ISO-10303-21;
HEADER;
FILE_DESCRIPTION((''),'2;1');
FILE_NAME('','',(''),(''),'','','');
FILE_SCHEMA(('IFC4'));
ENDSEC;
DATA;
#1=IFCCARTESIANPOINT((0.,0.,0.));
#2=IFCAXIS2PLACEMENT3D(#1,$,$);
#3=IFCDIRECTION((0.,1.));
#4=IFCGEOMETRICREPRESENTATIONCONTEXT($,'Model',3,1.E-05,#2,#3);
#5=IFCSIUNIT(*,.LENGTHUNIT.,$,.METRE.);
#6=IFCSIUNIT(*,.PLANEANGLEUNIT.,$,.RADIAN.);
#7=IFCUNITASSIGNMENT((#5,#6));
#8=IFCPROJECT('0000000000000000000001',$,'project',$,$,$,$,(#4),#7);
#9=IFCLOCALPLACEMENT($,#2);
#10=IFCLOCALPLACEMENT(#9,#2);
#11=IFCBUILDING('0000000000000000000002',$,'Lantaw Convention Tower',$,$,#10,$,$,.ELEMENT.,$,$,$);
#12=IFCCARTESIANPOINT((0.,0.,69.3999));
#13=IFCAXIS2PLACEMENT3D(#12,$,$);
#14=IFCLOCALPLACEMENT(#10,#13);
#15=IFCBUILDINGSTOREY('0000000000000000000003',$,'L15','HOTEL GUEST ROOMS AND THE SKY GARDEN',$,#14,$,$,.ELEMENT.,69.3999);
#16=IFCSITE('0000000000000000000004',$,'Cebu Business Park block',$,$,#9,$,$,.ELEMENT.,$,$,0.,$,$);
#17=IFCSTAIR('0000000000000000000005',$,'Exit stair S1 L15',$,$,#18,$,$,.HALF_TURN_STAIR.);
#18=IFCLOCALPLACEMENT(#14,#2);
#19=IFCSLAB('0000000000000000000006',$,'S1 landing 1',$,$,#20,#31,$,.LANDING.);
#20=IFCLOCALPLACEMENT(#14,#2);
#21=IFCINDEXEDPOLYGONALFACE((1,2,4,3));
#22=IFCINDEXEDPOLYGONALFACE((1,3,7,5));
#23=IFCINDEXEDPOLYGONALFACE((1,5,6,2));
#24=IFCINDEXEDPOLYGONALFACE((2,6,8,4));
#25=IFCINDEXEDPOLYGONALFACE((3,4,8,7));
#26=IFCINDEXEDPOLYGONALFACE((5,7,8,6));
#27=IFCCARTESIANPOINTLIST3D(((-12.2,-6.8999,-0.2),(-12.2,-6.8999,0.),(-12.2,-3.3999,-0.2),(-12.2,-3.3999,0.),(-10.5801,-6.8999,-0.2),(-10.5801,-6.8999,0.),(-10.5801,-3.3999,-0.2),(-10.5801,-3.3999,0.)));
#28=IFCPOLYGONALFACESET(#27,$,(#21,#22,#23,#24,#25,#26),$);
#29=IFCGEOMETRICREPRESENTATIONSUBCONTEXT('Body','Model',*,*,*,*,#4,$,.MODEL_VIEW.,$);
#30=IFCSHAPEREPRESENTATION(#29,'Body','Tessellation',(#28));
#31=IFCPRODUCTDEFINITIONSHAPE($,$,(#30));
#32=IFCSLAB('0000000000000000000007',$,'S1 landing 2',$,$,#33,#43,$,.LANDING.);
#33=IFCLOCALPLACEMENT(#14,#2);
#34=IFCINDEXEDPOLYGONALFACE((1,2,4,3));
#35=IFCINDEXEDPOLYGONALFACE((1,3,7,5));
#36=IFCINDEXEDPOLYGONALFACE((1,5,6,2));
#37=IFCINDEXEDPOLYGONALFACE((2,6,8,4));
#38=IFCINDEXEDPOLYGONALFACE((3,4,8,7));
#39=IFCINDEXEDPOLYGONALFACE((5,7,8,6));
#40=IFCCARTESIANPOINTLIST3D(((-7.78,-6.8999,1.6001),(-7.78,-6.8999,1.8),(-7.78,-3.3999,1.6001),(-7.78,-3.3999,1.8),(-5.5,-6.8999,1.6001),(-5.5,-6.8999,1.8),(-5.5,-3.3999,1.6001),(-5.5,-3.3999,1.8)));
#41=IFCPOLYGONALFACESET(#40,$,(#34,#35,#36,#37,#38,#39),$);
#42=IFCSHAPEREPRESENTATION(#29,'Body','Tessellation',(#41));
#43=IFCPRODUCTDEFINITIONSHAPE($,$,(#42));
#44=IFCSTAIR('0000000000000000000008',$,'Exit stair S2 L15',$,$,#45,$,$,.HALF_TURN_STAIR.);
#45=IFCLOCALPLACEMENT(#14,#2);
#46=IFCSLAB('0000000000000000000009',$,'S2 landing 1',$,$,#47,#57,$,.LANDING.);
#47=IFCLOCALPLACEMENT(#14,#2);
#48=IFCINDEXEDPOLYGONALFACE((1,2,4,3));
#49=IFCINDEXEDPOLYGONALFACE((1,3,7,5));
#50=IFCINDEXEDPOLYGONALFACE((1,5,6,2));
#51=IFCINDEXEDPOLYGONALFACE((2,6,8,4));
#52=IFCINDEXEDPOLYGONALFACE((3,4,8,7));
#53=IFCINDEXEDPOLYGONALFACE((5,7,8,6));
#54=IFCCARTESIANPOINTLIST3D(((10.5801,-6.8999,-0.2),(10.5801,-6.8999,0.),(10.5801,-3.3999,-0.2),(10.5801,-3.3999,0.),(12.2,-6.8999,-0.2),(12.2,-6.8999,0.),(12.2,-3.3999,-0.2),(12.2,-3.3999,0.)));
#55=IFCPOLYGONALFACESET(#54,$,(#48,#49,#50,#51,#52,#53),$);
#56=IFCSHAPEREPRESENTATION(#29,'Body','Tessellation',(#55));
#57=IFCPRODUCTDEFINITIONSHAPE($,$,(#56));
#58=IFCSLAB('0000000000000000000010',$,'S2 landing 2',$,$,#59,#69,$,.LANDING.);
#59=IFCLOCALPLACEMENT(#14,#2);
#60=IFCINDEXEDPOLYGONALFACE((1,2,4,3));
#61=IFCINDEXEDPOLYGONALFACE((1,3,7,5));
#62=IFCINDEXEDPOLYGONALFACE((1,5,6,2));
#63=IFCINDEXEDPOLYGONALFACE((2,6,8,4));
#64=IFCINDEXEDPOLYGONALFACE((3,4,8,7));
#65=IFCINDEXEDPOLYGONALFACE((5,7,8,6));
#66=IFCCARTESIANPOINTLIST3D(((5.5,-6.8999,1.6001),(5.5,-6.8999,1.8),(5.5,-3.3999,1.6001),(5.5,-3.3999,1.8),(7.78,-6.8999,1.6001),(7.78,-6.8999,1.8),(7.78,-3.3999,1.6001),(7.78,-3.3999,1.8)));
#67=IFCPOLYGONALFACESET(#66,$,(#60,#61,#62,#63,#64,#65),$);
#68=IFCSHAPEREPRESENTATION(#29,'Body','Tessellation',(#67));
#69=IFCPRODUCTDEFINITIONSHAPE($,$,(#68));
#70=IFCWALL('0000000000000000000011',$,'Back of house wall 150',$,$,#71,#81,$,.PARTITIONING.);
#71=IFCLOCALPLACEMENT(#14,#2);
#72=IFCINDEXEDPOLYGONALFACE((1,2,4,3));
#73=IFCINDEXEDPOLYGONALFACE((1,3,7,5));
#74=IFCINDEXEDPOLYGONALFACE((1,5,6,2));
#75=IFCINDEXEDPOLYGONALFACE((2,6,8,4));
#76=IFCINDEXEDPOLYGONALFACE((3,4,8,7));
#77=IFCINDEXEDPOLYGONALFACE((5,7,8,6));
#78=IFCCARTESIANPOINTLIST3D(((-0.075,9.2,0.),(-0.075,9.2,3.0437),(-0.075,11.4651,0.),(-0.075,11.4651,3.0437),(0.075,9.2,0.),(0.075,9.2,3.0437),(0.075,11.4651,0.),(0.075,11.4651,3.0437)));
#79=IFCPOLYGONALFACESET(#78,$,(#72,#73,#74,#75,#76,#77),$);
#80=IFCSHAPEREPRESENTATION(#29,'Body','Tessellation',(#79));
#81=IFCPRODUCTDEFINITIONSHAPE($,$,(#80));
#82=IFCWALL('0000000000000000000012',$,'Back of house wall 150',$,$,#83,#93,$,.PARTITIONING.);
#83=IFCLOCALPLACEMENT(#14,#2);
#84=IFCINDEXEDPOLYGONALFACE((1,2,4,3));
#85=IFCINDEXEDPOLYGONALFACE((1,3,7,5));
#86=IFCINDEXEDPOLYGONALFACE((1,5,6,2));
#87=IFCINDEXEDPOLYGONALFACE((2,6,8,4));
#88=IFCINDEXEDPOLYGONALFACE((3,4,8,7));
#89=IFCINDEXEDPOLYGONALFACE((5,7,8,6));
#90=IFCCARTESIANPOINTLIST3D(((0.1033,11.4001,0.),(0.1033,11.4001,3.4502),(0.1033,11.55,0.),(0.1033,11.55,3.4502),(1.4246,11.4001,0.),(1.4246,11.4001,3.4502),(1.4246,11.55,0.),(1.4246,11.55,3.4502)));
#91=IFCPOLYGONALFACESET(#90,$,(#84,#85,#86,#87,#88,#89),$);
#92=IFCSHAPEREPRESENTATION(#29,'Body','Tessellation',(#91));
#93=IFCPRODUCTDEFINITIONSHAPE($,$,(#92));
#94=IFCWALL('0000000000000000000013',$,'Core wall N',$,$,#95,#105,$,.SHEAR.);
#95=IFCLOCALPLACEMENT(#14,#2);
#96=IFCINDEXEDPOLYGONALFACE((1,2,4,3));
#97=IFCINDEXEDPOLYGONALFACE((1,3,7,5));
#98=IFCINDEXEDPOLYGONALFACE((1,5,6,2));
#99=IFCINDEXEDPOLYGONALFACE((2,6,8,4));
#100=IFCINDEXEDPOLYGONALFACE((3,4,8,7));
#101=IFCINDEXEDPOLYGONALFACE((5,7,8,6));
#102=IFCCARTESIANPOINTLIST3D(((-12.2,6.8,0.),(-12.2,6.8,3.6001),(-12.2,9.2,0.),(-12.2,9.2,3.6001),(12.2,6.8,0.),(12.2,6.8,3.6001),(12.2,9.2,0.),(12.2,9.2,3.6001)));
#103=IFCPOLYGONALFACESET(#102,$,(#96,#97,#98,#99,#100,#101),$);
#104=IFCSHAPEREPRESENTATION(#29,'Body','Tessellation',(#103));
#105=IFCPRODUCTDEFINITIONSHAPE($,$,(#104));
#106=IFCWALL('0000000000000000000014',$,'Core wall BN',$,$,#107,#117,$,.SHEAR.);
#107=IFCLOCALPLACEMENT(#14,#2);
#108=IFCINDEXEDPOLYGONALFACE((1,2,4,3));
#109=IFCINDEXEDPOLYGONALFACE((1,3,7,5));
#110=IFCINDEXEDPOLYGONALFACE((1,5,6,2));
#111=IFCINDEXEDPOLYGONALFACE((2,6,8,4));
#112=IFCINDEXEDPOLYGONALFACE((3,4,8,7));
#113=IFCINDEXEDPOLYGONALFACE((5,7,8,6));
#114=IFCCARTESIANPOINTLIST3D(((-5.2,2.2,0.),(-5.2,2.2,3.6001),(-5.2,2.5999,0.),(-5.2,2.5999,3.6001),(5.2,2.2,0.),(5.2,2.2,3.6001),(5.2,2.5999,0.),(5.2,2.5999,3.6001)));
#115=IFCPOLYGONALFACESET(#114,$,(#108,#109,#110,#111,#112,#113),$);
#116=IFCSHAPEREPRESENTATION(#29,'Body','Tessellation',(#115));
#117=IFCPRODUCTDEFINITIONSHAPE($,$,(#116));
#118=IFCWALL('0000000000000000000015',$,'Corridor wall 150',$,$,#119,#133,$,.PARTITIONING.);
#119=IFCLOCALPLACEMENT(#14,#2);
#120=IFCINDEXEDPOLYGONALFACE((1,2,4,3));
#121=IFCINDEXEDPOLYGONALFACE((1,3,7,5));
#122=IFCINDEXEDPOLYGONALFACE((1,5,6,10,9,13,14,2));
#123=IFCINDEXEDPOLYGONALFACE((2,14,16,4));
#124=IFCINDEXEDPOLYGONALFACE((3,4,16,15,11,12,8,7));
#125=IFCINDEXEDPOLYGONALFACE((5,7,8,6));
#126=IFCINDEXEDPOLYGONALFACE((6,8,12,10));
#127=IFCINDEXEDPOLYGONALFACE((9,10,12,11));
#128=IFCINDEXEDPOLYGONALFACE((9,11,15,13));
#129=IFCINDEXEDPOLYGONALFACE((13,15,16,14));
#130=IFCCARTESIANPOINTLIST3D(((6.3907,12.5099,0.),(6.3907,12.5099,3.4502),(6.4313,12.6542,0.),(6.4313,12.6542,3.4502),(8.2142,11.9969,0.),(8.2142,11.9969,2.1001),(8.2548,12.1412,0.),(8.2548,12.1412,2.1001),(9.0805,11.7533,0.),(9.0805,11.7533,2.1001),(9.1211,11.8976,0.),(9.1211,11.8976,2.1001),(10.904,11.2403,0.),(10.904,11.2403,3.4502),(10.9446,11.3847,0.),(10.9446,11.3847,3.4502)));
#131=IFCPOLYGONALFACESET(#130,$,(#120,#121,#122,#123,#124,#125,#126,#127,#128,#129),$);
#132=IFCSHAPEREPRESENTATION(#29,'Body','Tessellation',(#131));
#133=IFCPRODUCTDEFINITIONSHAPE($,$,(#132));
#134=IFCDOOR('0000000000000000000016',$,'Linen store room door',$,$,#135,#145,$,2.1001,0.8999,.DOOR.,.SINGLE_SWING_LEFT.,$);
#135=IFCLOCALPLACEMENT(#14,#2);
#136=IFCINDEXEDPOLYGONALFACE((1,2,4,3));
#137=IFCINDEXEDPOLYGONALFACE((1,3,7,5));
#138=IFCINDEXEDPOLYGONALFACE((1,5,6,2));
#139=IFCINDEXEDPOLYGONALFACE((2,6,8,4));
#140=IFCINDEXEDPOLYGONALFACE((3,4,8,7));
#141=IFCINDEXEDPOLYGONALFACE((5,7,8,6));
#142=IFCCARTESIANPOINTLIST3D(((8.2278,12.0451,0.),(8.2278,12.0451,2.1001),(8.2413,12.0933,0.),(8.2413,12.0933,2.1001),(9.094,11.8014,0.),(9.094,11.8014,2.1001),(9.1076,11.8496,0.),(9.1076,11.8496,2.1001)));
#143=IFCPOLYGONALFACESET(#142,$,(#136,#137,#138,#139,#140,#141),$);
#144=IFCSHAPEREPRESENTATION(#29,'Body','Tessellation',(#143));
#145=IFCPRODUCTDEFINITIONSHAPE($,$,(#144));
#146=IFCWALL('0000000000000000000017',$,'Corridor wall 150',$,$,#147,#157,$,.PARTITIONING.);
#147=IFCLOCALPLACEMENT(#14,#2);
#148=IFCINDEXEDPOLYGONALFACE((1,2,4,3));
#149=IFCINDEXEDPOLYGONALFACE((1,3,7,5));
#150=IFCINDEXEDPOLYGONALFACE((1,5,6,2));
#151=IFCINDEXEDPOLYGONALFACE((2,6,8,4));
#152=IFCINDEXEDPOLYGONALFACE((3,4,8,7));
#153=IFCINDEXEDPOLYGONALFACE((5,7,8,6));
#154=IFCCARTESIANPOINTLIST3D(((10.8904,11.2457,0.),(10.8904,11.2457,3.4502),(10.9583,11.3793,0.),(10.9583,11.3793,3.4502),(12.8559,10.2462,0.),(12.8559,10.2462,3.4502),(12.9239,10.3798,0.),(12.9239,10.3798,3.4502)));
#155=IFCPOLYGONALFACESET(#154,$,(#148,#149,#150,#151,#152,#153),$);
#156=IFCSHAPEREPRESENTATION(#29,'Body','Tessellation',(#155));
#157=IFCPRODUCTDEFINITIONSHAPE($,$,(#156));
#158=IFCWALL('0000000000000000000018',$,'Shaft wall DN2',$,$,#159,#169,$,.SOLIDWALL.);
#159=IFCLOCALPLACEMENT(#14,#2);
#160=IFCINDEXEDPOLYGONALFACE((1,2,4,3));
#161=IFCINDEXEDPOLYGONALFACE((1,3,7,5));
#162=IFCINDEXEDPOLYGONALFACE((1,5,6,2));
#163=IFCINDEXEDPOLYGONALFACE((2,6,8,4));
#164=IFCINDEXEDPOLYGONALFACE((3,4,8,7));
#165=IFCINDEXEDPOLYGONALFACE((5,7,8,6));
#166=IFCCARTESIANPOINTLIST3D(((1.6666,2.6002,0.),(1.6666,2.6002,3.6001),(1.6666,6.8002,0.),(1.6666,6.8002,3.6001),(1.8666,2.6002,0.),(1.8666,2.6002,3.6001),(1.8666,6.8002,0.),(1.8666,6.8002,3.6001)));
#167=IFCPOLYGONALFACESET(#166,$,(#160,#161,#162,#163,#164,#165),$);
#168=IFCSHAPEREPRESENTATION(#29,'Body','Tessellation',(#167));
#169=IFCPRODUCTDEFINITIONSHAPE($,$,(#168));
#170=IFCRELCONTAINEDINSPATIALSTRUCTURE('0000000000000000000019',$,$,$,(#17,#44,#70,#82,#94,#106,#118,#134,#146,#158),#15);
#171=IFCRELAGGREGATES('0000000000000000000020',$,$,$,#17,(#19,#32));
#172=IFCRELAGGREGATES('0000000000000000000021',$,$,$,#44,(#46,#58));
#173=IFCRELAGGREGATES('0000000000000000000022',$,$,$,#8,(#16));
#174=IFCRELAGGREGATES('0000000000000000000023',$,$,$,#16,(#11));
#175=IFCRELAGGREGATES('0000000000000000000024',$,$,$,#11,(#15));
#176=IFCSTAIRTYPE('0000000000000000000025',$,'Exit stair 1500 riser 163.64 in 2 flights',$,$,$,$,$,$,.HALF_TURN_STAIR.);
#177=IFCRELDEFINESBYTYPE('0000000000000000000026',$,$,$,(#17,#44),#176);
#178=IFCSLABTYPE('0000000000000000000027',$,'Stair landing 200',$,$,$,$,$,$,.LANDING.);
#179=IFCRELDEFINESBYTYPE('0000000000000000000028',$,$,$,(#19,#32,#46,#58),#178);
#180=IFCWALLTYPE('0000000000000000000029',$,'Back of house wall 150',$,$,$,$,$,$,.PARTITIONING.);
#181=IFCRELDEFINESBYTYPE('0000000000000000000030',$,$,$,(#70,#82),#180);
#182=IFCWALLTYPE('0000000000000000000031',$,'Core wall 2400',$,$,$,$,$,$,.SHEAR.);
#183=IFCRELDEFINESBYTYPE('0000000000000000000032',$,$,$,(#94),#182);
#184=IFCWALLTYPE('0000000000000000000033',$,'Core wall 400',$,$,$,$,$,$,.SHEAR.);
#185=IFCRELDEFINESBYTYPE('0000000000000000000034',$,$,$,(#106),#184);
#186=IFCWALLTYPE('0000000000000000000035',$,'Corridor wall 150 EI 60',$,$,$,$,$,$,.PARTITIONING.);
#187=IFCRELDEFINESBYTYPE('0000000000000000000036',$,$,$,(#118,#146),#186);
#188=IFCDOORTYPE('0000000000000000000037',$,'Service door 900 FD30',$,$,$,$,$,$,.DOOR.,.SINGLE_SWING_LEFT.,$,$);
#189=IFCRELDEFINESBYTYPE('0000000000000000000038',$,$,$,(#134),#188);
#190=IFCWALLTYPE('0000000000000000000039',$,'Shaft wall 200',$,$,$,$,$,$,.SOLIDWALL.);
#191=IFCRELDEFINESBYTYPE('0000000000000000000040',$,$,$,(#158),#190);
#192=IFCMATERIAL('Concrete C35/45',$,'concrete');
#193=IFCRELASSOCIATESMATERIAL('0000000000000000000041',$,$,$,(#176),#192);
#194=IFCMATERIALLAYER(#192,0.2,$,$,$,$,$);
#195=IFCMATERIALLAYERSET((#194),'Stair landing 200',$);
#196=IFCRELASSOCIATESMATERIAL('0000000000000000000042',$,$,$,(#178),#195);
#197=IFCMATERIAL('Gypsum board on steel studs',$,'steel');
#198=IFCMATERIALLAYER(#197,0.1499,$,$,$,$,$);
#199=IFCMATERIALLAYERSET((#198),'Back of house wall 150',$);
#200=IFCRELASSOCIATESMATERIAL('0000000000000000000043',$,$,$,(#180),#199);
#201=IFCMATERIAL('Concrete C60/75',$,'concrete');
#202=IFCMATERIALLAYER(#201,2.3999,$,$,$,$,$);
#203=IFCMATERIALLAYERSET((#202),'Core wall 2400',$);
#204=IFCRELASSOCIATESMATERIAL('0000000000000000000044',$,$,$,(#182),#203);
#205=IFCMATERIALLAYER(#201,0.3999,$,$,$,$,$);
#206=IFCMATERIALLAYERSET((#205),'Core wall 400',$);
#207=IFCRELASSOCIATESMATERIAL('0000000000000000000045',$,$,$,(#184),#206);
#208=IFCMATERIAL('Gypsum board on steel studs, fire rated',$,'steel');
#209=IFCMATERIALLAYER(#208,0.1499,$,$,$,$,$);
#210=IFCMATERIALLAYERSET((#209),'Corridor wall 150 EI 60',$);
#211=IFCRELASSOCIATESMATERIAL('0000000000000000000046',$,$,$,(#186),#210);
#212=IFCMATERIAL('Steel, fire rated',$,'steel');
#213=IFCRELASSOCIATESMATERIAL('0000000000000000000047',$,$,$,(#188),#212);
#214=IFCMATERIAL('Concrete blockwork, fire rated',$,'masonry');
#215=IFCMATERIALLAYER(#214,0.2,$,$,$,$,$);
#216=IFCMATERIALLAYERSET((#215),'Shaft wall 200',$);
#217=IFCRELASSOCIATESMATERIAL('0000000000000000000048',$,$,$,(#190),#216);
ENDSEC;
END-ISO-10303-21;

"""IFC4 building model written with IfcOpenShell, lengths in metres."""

from ifc_helpers import new_model, si_unit, direction, frame, frame_2d, origin, place, context, subcontext, project, spatial, polyline, rectangle, outline, extrude, material, layer, layer_set, type_object, element, fill, aggregate, save


model = new_model("IFC4")

# Units and contexts
model_context = context("Model", 3, precision=1e-05, world=origin(), true_north=direction((0.0, 1.0)))
body_context = subcontext(model_context, "Body", "Model", "MODEL_VIEW")
ifc_project = project(units=[si_unit("LENGTHUNIT", "METRE"), si_unit("PLANEANGLEUNIT", "RADIAN")], contexts=[model_context])

# Site, building, storey
site_placement = place(None, origin())
site = spatial("IfcSite", under=ifc_project, at=site_placement, Name="Cebu Business Park block", CompositionType="ELEMENT", RefElevation=0.0)
building_placement = place(site_placement, origin())
building = spatial("IfcBuilding", under=site, at=building_placement, Name="Lantaw Convention Tower", CompositionType="ELEMENT")
storey_placement = place(building_placement, frame((0.0, 0.0, 69.3999)))
storey = spatial("IfcBuildingStorey", under=building, at=storey_placement, Name="L15", Description="HOTEL GUEST ROOMS AND THE SKY GARDEN", CompositionType="ELEMENT", Elevation=69.3999)

# Stairs, slabs
ifc_material_1 = material(Name="Concrete C35/45", Category="concrete")
stair_type = type_object("IfcStairType", Name="Exit stair 1500 riser 163.64 in 2 flights", PredefinedType="HALF_TURN_STAIR", material=ifc_material_1)
stair_1_placement = place(storey_placement, origin())
stair_1 = element("IfcStair", 1, at=stair_1_placement, inside=storey, type_object=stair_type, Name="Exit stair S1 L15", PredefinedType="HALF_TURN_STAIR")
ifc_layer_1 = layer(ifc_material_1, 0.2)
ifc_layer_set_1 = layer_set([ifc_layer_1], Name="Stair landing 200")
slab_type = type_object("IfcSlabType", Name="Stair landing 200", PredefinedType="LANDING", material=ifc_layer_set_1)
slab_1_placement = place(storey_placement, frame((0.0, 0.0, -0.2)))
slab_1 = element("IfcSlab", 2, at=slab_1_placement, type_object=slab_type, Name="S1 landing 1", PredefinedType="LANDING", context=body_context, shape_type="SweptSolid", body=[
    extrude(outline(polyline([(-12.2, -6.8999), (-10.5801, -6.8999), (-10.5801, -3.3999), (-12.2, -3.3999), (-12.2, -6.8999)])), origin(), (0.0, 0.0, 1.0), 0.2),
])
slab_2_placement = place(storey_placement, frame((0.0, 0.0, 1.6001)))
slab_2 = element("IfcSlab", 3, at=slab_2_placement, type_object=slab_type, Name="S1 landing 2", PredefinedType="LANDING", context=body_context, shape_type="SweptSolid", body=[
    extrude(outline(polyline([(-7.78, -6.8999), (-5.5, -6.8999), (-5.5, -3.3999), (-7.78, -3.3999), (-7.78, -6.8999)])), origin(), (0.0, 0.0, 1.0), 0.2),
])
aggregate(stair_1, [slab_1, slab_2])
stair_2_placement = place(storey_placement, origin())
stair_2 = element("IfcStair", 4, at=stair_2_placement, inside=storey, type_object=stair_type, Name="Exit stair S2 L15", PredefinedType="HALF_TURN_STAIR")
slab_3_placement = place(storey_placement, frame((0.0, 0.0, -0.2)))
slab_3 = element("IfcSlab", 5, at=slab_3_placement, type_object=slab_type, Name="S2 landing 1", PredefinedType="LANDING", context=body_context, shape_type="SweptSolid", body=[
    extrude(outline(polyline([(10.5801, -6.8999), (12.2, -6.8999), (12.2, -3.3999), (10.5801, -3.3999), (10.5801, -6.8999)])), origin(), (0.0, 0.0, 1.0), 0.2),
])
slab_4_placement = place(storey_placement, frame((0.0, 0.0, 1.6001)))
slab_4 = element("IfcSlab", 6, at=slab_4_placement, type_object=slab_type, Name="S2 landing 2", PredefinedType="LANDING", context=body_context, shape_type="SweptSolid", body=[
    extrude(outline(polyline([(5.5, -6.8999), (7.78, -6.8999), (7.78, -3.3999), (5.5, -3.3999), (5.5, -6.8999)])), origin(), (0.0, 0.0, 1.0), 0.2),
])
aggregate(stair_2, [slab_3, slab_4])

# Walls
ifc_material_2 = material(Name="Gypsum board on steel studs", Category="steel")
ifc_layer_2 = layer(ifc_material_2, 0.1499)
ifc_layer_set_2 = layer_set([ifc_layer_2], Name="Back of house wall 150")
wall_type_1 = type_object("IfcWallType", Name="Back of house wall 150", PredefinedType="PARTITIONING", material=ifc_layer_set_2)
wall_1_placement = place(storey_placement, frame((0.0, 9.2, 0.0), z_axis=(0.0, 0.0, 1.0), x_axis=(0.0, 1.0, 0.0)))
element("IfcWall", 7, at=wall_1_placement, inside=storey, type_object=wall_type_1, Name="Back of house wall 150", PredefinedType="PARTITIONING", context=body_context, shape_type="SweptSolid", body=[
    extrude(rectangle(XDim=2.2651, YDim=0.1499, at=frame_2d((1.1326, 0.0))), origin(), (0.0, 0.0, 1.0), 3.0437),
])
wall_2_placement = place(storey_placement, frame((1.4246, 11.4751, 0.0), z_axis=(0.0, 0.0, 1.0), x_axis=(-1.0, 0.0, 0.0)))
element("IfcWall", 8, at=wall_2_placement, inside=storey, type_object=wall_type_1, Name="Back of house wall 150", PredefinedType="PARTITIONING", context=body_context, shape_type="SweptSolid", body=[
    extrude(rectangle(XDim=1.3213, YDim=0.1499, at=frame_2d((0.6606, 0.0))), origin(), (0.0, 0.0, 1.0), 3.4502),
])
ifc_material_3 = material(Name="Concrete C60/75", Category="concrete")
ifc_layer_3 = layer(ifc_material_3, 2.3999)
ifc_layer_set_3 = layer_set([ifc_layer_3], Name="Core wall 2400")
wall_type_2 = type_object("IfcWallType", Name="Core wall 2400", PredefinedType="SHEAR", material=ifc_layer_set_3)
wall_3_placement = place(storey_placement, frame((12.2, 8.0, 0.0), z_axis=(0.0, 0.0, 1.0), x_axis=(-1.0, 0.0, 0.0)))
element("IfcWall", 9, at=wall_3_placement, inside=storey, type_object=wall_type_2, Name="Core wall N", PredefinedType="SHEAR", context=body_context, shape_type="SweptSolid", body=[
    extrude(rectangle(XDim=24.3999, YDim=2.3999, at=frame_2d((12.2, 0.0))), origin(), (0.0, 0.0, 1.0), 3.6001),
])
ifc_layer_4 = layer(ifc_material_3, 0.3999)
ifc_layer_set_4 = layer_set([ifc_layer_4], Name="Core wall 400")
wall_type_3 = type_object("IfcWallType", Name="Core wall 400", PredefinedType="SHEAR", material=ifc_layer_set_4)
wall_4_placement = place(storey_placement, frame((5.2, 2.3999, 0.0), z_axis=(0.0, 0.0, 1.0), x_axis=(-1.0, 0.0, 0.0)))
element("IfcWall", 10, at=wall_4_placement, inside=storey, type_object=wall_type_3, Name="Core wall BN", PredefinedType="SHEAR", context=body_context, shape_type="SweptSolid", body=[
    extrude(rectangle(XDim=10.3999, YDim=0.3999, at=frame_2d((5.2, 0.0))), origin(), (0.0, 0.0, 1.0), 3.6001),
])

# Wall, opening, door
ifc_material_4 = material(Name="Gypsum board on steel studs, fire rated", Category="steel")
ifc_layer_5 = layer(ifc_material_4, 0.1499)
ifc_layer_set_5 = layer_set([ifc_layer_5], Name="Corridor wall 150 EI 60")
wall_type_4 = type_object("IfcWallType", Name="Corridor wall 150 EI 60", PredefinedType="PARTITIONING", material=ifc_layer_set_5)
wall_5_placement = place(storey_placement, frame((10.9243, 11.3125, 0.0), z_axis=(0.0, 0.0, 1.0), x_axis=(-0.962644, 0.270771, 0.0)))
wall_5 = element("IfcWall", 11, at=wall_5_placement, inside=storey, type_object=wall_type_4, Name="Corridor wall 150", PredefinedType="PARTITIONING", context=body_context, shape_type="SweptSolid", body=[
    extrude(rectangle(XDim=4.6885, YDim=0.1499, at=frame_2d((2.3442, 0.0))), origin(), (0.0, 0.0, 1.0), 3.4502),
])
opening_1_placement = place(wall_5_placement, frame((1.8943, 0.0, 0.0)))
opening_1 = element("IfcOpeningElement", 12, at=opening_1_placement, cuts=wall_5, PredefinedType="OPENING", context=body_context, shape_type="SweptSolid", body=[
    extrude(rectangle(XDim=0.8999, YDim=2.1001, at=frame_2d((0.45, 1.05))), frame((0.0, 0.085, 0.0), z_axis=(0.0, -1.0, 0.0), x_axis=(1.0, 0.0, 0.0)), (0.0, 0.0, 1.0), 0.1699),
])
ifc_material_5 = material(Name="Steel, fire rated", Category="steel")
door_type_1 = type_object("IfcDoorType", Name="Service door 900 FD30", OperationType="SINGLE_SWING_LEFT", PredefinedType="DOOR", material=ifc_material_5)
door_1_placement = place(opening_1_placement, origin())
door_1 = element("IfcDoor", 13, at=door_1_placement, inside=storey, type_object=door_type_1, Name="Linen store room door", OperationType="SINGLE_SWING_LEFT", OverallHeight=2.1001, OverallWidth=0.8999, PredefinedType="DOOR", context=body_context, shape_type="SweptSolid", body=[
    extrude(rectangle(XDim=0.8999, YDim=2.1001, at=frame_2d((0.45, 1.05))), frame((0.0, 0.0249, 0.0), z_axis=(0.0, -1.0, 0.0), x_axis=(1.0, 0.0, 0.0)), (0.0, 0.0, 1.0), 0.05),
])
fill(opening_1, door_1)

# Walls
wall_6_placement = place(storey_placement, frame((12.8899, 10.313, 0.0), z_axis=(0.0, 0.0, 1.0), x_axis=(-0.891373, 0.453271, 0.0)))
element("IfcWall", 14, at=wall_6_placement, inside=storey, type_object=wall_type_4, Name="Corridor wall 150", PredefinedType="PARTITIONING", context=body_context, shape_type="SweptSolid", body=[
    extrude(rectangle(XDim=2.2051, YDim=0.1499, at=frame_2d((1.1025, 0.0))), origin(), (0.0, 0.0, 1.0), 3.4502),
])
ifc_material_6 = material(Name="Concrete blockwork, fire rated", Category="masonry")
ifc_layer_6 = layer(ifc_material_6, 0.2)
ifc_layer_set_6 = layer_set([ifc_layer_6], Name="Shaft wall 200")
wall_type_5 = type_object("IfcWallType", Name="Shaft wall 200", PredefinedType="SOLIDWALL", material=ifc_layer_set_6)
wall_7_placement = place(storey_placement, frame((1.7666, 2.6001, 0.0), z_axis=(0.0, 0.0, 1.0), x_axis=(0.0, 1.0, 0.0)))
element("IfcWall", 15, at=wall_7_placement, inside=storey, type_object=wall_type_5, Name="Shaft wall DN2", PredefinedType="SOLIDWALL", context=body_context, shape_type="SweptSolid", body=[
    extrude(rectangle(XDim=4.2, YDim=0.2, at=frame_2d((2.1001, 0.0))), origin(), (0.0, 0.0, 1.0), 3.6001),
])

save(model, "model.ifc")
